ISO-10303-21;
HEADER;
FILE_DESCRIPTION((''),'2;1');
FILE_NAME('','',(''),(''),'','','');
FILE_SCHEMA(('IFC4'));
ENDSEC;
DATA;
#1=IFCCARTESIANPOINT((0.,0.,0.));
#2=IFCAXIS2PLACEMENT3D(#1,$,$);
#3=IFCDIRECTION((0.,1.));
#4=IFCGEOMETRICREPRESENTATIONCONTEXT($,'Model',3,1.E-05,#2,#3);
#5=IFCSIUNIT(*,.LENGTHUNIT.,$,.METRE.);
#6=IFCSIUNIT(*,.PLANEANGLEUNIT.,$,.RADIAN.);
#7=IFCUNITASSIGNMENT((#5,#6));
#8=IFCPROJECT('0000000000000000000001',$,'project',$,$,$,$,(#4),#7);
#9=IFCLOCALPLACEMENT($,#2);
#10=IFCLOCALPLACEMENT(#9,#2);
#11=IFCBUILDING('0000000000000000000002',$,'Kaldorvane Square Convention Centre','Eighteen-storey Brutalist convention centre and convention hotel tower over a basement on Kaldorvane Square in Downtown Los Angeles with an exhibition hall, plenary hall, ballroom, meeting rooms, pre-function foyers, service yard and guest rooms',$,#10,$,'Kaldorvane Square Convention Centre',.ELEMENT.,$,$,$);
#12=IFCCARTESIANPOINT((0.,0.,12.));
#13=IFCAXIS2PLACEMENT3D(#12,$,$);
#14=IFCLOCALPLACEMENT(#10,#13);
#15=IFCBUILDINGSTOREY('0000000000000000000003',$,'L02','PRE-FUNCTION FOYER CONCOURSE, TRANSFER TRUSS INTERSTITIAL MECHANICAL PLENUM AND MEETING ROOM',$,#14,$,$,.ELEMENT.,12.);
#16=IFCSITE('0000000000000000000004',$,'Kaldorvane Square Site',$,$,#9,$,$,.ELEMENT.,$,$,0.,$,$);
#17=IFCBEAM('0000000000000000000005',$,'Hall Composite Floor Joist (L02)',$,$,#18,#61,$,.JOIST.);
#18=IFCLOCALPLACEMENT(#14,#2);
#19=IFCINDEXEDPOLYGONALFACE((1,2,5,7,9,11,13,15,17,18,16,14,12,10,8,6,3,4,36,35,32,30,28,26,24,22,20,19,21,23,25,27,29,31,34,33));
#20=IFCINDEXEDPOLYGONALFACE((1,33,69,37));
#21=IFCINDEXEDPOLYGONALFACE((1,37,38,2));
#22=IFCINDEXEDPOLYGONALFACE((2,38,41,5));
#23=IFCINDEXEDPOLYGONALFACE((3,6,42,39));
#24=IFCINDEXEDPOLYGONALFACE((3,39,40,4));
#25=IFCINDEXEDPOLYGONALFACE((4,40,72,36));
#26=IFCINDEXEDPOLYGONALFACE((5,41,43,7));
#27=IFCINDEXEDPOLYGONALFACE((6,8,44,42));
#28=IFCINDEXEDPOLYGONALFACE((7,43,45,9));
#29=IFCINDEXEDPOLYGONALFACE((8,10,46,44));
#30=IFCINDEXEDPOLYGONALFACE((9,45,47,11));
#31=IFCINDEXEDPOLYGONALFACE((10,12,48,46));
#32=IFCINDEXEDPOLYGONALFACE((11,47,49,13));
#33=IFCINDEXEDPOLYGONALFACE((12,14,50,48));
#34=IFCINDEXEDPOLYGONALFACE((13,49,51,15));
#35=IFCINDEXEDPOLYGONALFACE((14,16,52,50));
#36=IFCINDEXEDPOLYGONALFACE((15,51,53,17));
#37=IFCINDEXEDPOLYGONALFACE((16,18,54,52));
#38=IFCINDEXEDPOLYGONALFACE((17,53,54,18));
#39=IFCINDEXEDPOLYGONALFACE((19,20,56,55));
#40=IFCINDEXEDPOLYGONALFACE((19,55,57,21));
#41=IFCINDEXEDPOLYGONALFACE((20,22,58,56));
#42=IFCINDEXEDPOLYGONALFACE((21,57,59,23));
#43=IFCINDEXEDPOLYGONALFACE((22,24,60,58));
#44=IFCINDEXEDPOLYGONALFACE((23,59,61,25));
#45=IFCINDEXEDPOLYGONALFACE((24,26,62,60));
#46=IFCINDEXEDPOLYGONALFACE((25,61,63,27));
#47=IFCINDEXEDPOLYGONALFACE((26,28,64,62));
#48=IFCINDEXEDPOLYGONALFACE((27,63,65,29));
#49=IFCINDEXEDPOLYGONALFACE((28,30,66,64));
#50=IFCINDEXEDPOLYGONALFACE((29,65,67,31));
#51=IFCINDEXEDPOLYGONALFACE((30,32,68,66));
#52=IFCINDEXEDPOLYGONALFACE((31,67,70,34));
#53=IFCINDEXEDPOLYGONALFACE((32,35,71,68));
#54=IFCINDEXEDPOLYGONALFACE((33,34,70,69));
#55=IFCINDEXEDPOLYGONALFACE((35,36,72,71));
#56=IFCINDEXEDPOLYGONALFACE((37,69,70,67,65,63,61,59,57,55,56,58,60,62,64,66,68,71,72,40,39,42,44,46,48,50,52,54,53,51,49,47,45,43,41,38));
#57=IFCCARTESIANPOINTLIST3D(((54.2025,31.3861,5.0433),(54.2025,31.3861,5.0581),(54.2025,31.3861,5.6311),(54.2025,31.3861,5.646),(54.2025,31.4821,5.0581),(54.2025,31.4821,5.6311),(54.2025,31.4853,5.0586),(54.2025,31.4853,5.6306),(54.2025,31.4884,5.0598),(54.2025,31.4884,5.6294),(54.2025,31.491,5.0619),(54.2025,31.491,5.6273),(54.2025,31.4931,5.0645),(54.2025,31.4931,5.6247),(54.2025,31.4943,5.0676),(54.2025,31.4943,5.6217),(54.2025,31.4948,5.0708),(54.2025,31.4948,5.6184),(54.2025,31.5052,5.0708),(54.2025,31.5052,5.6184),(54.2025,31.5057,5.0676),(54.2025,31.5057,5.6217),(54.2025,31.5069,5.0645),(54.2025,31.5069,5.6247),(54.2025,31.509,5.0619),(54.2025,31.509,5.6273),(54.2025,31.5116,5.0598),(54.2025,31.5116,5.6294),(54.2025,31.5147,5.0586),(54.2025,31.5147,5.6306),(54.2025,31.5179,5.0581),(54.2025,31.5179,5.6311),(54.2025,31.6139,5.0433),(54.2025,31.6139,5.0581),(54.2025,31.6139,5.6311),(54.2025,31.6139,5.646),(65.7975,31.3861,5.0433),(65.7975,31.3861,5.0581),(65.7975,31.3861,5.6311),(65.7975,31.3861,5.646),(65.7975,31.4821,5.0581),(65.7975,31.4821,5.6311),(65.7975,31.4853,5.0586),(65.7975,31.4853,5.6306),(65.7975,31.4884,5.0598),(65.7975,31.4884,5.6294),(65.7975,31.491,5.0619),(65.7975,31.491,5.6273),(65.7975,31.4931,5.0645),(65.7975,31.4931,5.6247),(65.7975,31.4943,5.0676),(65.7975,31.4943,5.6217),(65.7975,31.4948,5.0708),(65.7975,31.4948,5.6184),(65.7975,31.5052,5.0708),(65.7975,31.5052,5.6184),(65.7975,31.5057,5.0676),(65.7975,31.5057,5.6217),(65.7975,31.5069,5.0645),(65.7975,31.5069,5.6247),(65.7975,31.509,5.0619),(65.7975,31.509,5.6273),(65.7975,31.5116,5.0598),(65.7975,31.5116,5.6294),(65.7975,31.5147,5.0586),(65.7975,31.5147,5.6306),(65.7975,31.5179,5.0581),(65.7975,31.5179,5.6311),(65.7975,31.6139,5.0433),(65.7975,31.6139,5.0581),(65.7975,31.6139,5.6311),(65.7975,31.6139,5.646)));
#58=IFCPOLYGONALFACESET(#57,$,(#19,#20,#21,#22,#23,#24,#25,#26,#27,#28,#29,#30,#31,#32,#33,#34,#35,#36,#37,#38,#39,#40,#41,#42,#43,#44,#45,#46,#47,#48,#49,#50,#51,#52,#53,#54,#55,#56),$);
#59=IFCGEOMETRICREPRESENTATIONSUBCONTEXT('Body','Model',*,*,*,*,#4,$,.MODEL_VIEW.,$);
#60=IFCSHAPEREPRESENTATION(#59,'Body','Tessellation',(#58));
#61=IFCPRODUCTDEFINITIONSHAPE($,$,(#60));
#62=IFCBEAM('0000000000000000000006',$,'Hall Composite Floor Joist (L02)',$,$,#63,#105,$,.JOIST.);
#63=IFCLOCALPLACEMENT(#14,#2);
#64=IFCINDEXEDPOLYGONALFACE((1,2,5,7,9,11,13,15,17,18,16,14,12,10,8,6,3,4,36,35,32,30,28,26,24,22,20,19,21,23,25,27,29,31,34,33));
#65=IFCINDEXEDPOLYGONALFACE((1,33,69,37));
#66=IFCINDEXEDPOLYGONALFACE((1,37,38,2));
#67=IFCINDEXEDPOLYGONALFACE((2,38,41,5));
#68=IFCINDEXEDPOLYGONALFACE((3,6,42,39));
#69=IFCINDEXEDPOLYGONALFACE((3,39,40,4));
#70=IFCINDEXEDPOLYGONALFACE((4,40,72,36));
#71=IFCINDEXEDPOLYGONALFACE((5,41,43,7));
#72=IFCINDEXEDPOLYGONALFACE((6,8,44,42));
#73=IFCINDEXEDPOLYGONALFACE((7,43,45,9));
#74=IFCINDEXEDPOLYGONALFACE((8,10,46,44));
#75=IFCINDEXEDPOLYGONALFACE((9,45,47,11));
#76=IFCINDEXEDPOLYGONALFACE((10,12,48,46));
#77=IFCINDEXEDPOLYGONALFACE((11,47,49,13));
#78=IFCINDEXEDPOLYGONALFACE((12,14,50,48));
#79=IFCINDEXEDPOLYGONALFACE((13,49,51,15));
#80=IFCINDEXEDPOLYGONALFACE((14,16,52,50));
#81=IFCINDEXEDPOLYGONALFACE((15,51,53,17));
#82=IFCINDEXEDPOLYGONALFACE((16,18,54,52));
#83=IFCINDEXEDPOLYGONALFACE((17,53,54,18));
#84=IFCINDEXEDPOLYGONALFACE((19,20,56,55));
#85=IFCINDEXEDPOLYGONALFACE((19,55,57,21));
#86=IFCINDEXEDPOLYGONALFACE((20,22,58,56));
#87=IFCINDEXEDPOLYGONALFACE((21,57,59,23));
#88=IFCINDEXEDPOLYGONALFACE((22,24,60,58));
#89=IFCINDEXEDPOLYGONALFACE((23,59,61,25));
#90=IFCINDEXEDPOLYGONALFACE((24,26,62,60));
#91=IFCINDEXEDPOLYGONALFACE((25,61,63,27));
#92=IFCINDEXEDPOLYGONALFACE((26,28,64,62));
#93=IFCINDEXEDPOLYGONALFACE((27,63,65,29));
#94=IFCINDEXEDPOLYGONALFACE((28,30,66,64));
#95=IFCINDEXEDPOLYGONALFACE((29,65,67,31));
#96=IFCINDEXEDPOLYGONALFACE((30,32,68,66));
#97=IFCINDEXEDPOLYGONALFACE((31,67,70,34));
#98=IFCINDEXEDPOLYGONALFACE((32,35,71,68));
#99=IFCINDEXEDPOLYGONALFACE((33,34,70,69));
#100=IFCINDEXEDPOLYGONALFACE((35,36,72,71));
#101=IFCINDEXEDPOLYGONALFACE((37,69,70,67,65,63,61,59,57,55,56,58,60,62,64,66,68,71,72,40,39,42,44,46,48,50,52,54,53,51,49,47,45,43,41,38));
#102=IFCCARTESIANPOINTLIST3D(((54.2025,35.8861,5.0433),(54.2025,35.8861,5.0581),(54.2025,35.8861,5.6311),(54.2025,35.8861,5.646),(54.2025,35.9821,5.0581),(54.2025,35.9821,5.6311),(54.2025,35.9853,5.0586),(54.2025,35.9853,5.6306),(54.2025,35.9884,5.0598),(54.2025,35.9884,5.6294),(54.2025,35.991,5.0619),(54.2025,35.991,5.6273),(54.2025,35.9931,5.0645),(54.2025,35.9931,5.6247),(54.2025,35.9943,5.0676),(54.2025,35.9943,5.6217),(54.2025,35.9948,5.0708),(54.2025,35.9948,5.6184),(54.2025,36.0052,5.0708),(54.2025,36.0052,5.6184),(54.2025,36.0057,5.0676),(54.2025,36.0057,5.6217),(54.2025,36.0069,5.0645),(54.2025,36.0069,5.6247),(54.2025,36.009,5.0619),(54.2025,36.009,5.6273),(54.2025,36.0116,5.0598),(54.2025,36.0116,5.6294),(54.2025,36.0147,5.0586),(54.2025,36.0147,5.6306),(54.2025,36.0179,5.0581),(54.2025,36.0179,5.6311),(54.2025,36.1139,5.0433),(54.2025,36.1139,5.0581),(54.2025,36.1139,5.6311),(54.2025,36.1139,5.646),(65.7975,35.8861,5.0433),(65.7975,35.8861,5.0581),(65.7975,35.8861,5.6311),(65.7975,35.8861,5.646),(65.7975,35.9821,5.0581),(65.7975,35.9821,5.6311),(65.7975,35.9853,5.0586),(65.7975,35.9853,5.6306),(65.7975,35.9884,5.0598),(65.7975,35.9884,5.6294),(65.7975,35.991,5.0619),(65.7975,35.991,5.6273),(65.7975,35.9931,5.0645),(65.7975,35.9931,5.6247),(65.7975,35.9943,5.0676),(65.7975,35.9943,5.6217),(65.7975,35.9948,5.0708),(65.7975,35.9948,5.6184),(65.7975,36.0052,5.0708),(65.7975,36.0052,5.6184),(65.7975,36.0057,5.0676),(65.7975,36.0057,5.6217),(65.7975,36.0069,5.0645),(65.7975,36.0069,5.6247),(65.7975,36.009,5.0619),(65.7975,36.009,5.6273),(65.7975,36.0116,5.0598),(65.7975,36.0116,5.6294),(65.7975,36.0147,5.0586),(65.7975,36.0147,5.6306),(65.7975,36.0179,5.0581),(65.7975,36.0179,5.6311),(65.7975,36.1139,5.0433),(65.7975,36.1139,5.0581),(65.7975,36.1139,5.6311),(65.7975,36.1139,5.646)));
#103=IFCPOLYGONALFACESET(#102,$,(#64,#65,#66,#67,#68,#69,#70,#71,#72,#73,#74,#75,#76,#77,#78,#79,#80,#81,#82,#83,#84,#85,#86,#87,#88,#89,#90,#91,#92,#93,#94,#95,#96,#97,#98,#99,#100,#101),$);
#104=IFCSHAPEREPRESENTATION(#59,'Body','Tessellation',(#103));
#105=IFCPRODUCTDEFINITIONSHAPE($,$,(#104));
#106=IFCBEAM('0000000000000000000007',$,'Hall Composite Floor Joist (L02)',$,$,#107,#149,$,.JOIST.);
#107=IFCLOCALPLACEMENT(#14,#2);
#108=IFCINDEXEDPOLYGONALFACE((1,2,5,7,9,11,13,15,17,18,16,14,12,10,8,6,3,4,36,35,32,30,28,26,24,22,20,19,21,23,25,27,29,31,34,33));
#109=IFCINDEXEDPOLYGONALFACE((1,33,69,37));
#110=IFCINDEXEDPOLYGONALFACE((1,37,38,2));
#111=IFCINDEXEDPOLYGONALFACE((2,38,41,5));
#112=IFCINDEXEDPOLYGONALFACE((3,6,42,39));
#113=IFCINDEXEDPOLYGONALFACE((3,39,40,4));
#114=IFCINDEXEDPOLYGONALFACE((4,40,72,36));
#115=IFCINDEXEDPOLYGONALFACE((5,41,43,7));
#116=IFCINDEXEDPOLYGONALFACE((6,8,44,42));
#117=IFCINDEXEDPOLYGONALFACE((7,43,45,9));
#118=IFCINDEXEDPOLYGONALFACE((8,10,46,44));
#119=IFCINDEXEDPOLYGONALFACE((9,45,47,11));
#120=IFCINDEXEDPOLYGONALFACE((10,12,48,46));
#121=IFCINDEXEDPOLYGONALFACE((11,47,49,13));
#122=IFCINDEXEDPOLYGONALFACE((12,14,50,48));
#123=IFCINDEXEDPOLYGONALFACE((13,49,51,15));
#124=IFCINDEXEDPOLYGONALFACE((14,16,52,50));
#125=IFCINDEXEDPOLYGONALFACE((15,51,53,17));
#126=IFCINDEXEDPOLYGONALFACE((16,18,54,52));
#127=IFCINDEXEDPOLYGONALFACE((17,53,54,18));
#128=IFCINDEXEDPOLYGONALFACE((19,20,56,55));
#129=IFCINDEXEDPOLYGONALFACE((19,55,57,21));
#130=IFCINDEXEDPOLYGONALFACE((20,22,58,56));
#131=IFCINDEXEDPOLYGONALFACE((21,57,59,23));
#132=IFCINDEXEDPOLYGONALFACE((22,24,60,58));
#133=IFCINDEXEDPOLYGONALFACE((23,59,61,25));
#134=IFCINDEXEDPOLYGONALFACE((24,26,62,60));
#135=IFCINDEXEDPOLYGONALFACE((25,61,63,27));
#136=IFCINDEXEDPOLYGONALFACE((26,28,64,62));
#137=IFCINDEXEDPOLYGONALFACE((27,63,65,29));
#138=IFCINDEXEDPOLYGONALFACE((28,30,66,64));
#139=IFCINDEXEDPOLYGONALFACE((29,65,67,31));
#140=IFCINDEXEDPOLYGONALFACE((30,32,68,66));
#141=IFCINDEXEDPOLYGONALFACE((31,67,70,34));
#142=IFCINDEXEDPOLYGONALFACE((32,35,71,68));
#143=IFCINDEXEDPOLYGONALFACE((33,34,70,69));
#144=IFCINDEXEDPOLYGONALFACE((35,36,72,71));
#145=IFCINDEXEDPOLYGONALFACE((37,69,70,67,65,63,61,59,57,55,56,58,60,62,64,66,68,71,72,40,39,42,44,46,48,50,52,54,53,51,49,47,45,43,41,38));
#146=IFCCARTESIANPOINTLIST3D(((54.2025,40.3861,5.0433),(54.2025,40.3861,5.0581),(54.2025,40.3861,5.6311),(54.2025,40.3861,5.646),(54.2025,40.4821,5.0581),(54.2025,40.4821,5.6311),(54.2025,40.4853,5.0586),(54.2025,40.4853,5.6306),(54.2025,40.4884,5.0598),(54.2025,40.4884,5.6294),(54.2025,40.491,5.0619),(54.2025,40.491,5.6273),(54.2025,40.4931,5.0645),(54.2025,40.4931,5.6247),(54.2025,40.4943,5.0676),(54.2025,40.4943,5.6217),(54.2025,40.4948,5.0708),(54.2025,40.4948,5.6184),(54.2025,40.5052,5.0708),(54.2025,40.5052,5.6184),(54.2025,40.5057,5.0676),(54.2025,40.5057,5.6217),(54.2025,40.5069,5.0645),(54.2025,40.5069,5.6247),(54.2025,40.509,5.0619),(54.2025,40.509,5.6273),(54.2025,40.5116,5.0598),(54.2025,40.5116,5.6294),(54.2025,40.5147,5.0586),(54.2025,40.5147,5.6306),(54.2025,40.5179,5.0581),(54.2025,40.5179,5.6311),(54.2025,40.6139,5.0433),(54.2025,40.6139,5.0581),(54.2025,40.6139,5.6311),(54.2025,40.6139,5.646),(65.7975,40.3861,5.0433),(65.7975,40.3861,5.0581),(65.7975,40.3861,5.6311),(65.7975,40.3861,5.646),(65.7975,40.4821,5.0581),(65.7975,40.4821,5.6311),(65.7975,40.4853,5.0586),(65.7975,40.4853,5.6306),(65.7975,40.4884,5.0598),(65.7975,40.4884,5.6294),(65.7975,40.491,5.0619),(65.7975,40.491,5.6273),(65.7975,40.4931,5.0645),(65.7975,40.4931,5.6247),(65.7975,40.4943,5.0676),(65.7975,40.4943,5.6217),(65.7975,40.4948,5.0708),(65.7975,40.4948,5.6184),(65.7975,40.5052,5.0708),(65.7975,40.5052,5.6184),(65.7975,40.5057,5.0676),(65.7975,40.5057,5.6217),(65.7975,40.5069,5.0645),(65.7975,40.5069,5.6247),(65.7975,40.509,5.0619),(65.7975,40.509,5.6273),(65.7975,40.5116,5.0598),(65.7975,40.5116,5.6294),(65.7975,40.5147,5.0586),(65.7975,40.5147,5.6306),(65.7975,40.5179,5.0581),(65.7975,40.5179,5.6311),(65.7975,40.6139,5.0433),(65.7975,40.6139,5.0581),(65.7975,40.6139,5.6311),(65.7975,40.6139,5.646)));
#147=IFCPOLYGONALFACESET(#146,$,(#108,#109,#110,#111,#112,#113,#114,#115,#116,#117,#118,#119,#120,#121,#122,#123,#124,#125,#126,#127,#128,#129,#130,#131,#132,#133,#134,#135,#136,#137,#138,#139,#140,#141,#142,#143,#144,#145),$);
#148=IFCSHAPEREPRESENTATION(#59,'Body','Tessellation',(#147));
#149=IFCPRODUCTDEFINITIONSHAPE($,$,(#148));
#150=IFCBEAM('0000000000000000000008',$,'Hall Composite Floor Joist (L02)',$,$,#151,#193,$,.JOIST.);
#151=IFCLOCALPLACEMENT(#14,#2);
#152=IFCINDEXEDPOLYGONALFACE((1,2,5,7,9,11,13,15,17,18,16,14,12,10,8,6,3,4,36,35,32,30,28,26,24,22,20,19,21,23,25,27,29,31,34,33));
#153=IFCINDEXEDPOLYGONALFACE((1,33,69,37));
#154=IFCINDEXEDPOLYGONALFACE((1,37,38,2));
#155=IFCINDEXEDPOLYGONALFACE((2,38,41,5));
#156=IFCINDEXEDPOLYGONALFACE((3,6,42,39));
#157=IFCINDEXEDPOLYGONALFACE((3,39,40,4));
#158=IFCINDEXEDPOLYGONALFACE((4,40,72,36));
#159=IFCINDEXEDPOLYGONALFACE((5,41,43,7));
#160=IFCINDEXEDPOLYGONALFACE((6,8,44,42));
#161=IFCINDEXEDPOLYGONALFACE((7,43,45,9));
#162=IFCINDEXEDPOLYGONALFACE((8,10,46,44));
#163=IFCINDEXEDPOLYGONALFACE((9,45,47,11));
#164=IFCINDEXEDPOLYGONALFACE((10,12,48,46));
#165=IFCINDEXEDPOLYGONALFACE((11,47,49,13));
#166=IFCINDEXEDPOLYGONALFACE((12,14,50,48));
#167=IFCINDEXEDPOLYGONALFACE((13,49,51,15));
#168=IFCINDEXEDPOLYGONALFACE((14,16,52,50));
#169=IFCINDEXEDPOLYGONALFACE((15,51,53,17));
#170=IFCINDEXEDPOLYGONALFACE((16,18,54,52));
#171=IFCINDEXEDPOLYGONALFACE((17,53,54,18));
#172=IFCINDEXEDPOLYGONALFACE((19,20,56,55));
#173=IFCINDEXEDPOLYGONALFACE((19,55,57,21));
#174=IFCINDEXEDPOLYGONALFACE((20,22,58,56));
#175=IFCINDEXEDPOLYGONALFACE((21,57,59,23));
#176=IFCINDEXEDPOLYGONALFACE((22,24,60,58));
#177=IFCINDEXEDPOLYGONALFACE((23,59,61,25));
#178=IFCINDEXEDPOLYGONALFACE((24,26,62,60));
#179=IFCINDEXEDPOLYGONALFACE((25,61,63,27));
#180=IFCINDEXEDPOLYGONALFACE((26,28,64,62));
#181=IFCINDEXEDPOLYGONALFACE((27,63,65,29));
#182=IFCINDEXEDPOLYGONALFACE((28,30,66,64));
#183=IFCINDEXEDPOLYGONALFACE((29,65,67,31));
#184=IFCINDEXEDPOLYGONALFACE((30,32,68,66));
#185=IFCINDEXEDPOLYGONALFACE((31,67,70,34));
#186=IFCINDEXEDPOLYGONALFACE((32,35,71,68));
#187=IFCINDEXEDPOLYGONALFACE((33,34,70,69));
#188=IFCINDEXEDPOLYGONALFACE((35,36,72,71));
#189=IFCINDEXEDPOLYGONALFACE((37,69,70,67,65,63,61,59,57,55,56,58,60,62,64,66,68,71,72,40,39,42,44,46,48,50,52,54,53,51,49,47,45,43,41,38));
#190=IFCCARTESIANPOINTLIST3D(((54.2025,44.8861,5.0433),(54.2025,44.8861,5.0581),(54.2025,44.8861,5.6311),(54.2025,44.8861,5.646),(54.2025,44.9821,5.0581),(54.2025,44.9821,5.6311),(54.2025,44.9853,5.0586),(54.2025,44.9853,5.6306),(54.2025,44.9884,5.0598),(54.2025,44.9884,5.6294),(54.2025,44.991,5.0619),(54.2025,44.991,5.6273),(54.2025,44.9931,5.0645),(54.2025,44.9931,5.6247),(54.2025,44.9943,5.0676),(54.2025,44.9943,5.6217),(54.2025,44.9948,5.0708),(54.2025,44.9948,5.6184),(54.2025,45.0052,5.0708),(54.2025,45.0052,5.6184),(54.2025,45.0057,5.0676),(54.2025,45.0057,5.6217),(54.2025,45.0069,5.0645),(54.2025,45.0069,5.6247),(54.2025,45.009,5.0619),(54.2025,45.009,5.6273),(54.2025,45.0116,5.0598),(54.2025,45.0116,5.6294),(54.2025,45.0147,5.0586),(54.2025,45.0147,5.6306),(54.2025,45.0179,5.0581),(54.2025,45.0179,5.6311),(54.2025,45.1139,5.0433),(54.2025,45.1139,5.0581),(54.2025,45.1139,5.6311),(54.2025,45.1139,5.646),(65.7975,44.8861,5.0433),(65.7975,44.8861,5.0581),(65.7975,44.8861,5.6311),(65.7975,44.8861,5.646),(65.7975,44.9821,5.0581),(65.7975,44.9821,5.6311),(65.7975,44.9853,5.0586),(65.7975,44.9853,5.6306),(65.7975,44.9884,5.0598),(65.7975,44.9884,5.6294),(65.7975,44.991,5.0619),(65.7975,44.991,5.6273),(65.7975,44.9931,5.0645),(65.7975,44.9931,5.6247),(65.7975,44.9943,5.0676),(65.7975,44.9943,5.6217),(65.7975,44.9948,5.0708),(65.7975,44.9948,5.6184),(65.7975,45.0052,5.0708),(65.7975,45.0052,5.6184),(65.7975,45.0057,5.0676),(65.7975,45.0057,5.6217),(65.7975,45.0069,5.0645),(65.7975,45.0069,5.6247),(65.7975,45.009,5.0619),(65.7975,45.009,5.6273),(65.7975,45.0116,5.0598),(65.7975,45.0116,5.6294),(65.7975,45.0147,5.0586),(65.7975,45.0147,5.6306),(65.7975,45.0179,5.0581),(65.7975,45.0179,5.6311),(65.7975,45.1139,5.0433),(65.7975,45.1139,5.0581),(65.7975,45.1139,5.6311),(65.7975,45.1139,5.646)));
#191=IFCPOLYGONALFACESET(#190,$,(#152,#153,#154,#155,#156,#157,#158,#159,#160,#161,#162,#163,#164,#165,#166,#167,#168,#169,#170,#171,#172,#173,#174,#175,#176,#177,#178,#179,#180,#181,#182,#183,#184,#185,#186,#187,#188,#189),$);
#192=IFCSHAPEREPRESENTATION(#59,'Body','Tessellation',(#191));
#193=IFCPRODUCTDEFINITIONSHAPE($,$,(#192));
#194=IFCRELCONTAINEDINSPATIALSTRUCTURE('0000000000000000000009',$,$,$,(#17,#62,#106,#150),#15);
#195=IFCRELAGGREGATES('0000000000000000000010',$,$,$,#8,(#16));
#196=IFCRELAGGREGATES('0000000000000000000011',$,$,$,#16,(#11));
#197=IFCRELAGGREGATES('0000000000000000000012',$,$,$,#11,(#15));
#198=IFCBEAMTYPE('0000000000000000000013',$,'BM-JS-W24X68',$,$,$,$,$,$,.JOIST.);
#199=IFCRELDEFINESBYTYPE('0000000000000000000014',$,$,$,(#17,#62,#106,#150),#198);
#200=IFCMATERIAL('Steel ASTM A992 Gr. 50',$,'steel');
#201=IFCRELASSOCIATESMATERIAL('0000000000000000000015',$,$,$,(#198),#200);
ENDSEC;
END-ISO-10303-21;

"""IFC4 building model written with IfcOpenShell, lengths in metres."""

from ifc_helpers import new_model, si_unit, direction, frame, origin, origin_2d, place, context, subcontext, project, spatial, i_section, extrude, material, material_profile, profile_set, type_object, element, save


model = new_model("IFC4")

# Units and contexts
model_context = context("Model", 3, precision=1e-05, world=origin(), true_north=direction((0.0, 1.0)))
body_context = subcontext(model_context, "Body", "Model", "MODEL_VIEW")
ifc_project = project(units=[si_unit("LENGTHUNIT", "METRE"), si_unit("PLANEANGLEUNIT", "RADIAN")], contexts=[model_context])

# Site, building, storey
site_placement = place(None, origin())
site = spatial("IfcSite", under=ifc_project, at=site_placement, Name="Kaldorvane Square Site", CompositionType="ELEMENT", RefElevation=0.0)
building_placement = place(site_placement, origin())
building = spatial("IfcBuilding", under=site, at=building_placement, Name="Kaldorvane Square Convention Centre", Description="Eighteen-storey Brutalist convention centre and convention hotel tower over a basement on Kaldorvane Square in Downtown Los Angeles with an exhibition hall, plenary hall, ballroom, meeting rooms, pre-function foyers, service yard and guest rooms", LongName="Kaldorvane Square Convention Centre", CompositionType="ELEMENT")
storey_placement = place(building_placement, frame((0.0, 0.0, 12.0)))
storey = spatial("IfcBuildingStorey", under=building, at=storey_placement, Name="L02", Description="PRE-FUNCTION FOYER CONCOURSE, TRANSFER TRUSS INTERSTITIAL MECHANICAL PLENUM AND MEETING ROOM", CompositionType="ELEMENT", Elevation=12.0)

# Beams
ifc_material_1 = material(Name="Steel ASTM A992 Gr. 50", Category="steel")
ifc_material_profile_1 = material_profile(ifc_material_1, i_section(OverallWidth=0.2277, OverallDepth=0.6027, WebThickness=0.0105, FlangeThickness=0.0149, FilletRadius=0.0127, at=origin_2d()), Name="W24X68")
ifc_profile_set_1 = profile_set([ifc_material_profile_1], Name="Steel ASTM A992 Gr. 50")
beam_type = type_object("IfcBeamType", Name="BM-JS-W24X68", PredefinedType="JOIST", material=ifc_profile_set_1)
for number, where, z_axis, x_axis, name in (
    (1, (54.2025, 31.5, 5.3446), (1.0, 0.0, 0.0), (0.0, 1.0, 0.0), "Hall Composite Floor Joist (L02)"),
    (2, (54.2025, 36.0, 5.3446), (1.0, 0.0, 0.0), (0.0, 1.0, 0.0), "Hall Composite Floor Joist (L02)"),
    (3, (54.2025, 40.5, 5.3446), (1.0, 0.0, 0.0), (0.0, 1.0, 0.0), "Hall Composite Floor Joist (L02)"),
    (4, (54.2025, 45.0, 5.3446), (1.0, 0.0, 0.0), (0.0, 1.0, 0.0), "Hall Composite Floor Joist (L02)"),
):
    element("IfcBeam", number, at=place(storey_placement, frame(where, z_axis=z_axis, x_axis=x_axis)), inside=storey, type_object=beam_type, Name=name, PredefinedType="JOIST", context=body_context, shape_type="SweptSolid", body=[
        extrude(i_section(OverallWidth=0.2277, OverallDepth=0.6027, WebThickness=0.0105, FlangeThickness=0.0149, FilletRadius=0.0127, at=origin_2d()), origin(), (0.0, 0.0, 1.0), 11.595),
    ])

save(model, "model.ifc")
